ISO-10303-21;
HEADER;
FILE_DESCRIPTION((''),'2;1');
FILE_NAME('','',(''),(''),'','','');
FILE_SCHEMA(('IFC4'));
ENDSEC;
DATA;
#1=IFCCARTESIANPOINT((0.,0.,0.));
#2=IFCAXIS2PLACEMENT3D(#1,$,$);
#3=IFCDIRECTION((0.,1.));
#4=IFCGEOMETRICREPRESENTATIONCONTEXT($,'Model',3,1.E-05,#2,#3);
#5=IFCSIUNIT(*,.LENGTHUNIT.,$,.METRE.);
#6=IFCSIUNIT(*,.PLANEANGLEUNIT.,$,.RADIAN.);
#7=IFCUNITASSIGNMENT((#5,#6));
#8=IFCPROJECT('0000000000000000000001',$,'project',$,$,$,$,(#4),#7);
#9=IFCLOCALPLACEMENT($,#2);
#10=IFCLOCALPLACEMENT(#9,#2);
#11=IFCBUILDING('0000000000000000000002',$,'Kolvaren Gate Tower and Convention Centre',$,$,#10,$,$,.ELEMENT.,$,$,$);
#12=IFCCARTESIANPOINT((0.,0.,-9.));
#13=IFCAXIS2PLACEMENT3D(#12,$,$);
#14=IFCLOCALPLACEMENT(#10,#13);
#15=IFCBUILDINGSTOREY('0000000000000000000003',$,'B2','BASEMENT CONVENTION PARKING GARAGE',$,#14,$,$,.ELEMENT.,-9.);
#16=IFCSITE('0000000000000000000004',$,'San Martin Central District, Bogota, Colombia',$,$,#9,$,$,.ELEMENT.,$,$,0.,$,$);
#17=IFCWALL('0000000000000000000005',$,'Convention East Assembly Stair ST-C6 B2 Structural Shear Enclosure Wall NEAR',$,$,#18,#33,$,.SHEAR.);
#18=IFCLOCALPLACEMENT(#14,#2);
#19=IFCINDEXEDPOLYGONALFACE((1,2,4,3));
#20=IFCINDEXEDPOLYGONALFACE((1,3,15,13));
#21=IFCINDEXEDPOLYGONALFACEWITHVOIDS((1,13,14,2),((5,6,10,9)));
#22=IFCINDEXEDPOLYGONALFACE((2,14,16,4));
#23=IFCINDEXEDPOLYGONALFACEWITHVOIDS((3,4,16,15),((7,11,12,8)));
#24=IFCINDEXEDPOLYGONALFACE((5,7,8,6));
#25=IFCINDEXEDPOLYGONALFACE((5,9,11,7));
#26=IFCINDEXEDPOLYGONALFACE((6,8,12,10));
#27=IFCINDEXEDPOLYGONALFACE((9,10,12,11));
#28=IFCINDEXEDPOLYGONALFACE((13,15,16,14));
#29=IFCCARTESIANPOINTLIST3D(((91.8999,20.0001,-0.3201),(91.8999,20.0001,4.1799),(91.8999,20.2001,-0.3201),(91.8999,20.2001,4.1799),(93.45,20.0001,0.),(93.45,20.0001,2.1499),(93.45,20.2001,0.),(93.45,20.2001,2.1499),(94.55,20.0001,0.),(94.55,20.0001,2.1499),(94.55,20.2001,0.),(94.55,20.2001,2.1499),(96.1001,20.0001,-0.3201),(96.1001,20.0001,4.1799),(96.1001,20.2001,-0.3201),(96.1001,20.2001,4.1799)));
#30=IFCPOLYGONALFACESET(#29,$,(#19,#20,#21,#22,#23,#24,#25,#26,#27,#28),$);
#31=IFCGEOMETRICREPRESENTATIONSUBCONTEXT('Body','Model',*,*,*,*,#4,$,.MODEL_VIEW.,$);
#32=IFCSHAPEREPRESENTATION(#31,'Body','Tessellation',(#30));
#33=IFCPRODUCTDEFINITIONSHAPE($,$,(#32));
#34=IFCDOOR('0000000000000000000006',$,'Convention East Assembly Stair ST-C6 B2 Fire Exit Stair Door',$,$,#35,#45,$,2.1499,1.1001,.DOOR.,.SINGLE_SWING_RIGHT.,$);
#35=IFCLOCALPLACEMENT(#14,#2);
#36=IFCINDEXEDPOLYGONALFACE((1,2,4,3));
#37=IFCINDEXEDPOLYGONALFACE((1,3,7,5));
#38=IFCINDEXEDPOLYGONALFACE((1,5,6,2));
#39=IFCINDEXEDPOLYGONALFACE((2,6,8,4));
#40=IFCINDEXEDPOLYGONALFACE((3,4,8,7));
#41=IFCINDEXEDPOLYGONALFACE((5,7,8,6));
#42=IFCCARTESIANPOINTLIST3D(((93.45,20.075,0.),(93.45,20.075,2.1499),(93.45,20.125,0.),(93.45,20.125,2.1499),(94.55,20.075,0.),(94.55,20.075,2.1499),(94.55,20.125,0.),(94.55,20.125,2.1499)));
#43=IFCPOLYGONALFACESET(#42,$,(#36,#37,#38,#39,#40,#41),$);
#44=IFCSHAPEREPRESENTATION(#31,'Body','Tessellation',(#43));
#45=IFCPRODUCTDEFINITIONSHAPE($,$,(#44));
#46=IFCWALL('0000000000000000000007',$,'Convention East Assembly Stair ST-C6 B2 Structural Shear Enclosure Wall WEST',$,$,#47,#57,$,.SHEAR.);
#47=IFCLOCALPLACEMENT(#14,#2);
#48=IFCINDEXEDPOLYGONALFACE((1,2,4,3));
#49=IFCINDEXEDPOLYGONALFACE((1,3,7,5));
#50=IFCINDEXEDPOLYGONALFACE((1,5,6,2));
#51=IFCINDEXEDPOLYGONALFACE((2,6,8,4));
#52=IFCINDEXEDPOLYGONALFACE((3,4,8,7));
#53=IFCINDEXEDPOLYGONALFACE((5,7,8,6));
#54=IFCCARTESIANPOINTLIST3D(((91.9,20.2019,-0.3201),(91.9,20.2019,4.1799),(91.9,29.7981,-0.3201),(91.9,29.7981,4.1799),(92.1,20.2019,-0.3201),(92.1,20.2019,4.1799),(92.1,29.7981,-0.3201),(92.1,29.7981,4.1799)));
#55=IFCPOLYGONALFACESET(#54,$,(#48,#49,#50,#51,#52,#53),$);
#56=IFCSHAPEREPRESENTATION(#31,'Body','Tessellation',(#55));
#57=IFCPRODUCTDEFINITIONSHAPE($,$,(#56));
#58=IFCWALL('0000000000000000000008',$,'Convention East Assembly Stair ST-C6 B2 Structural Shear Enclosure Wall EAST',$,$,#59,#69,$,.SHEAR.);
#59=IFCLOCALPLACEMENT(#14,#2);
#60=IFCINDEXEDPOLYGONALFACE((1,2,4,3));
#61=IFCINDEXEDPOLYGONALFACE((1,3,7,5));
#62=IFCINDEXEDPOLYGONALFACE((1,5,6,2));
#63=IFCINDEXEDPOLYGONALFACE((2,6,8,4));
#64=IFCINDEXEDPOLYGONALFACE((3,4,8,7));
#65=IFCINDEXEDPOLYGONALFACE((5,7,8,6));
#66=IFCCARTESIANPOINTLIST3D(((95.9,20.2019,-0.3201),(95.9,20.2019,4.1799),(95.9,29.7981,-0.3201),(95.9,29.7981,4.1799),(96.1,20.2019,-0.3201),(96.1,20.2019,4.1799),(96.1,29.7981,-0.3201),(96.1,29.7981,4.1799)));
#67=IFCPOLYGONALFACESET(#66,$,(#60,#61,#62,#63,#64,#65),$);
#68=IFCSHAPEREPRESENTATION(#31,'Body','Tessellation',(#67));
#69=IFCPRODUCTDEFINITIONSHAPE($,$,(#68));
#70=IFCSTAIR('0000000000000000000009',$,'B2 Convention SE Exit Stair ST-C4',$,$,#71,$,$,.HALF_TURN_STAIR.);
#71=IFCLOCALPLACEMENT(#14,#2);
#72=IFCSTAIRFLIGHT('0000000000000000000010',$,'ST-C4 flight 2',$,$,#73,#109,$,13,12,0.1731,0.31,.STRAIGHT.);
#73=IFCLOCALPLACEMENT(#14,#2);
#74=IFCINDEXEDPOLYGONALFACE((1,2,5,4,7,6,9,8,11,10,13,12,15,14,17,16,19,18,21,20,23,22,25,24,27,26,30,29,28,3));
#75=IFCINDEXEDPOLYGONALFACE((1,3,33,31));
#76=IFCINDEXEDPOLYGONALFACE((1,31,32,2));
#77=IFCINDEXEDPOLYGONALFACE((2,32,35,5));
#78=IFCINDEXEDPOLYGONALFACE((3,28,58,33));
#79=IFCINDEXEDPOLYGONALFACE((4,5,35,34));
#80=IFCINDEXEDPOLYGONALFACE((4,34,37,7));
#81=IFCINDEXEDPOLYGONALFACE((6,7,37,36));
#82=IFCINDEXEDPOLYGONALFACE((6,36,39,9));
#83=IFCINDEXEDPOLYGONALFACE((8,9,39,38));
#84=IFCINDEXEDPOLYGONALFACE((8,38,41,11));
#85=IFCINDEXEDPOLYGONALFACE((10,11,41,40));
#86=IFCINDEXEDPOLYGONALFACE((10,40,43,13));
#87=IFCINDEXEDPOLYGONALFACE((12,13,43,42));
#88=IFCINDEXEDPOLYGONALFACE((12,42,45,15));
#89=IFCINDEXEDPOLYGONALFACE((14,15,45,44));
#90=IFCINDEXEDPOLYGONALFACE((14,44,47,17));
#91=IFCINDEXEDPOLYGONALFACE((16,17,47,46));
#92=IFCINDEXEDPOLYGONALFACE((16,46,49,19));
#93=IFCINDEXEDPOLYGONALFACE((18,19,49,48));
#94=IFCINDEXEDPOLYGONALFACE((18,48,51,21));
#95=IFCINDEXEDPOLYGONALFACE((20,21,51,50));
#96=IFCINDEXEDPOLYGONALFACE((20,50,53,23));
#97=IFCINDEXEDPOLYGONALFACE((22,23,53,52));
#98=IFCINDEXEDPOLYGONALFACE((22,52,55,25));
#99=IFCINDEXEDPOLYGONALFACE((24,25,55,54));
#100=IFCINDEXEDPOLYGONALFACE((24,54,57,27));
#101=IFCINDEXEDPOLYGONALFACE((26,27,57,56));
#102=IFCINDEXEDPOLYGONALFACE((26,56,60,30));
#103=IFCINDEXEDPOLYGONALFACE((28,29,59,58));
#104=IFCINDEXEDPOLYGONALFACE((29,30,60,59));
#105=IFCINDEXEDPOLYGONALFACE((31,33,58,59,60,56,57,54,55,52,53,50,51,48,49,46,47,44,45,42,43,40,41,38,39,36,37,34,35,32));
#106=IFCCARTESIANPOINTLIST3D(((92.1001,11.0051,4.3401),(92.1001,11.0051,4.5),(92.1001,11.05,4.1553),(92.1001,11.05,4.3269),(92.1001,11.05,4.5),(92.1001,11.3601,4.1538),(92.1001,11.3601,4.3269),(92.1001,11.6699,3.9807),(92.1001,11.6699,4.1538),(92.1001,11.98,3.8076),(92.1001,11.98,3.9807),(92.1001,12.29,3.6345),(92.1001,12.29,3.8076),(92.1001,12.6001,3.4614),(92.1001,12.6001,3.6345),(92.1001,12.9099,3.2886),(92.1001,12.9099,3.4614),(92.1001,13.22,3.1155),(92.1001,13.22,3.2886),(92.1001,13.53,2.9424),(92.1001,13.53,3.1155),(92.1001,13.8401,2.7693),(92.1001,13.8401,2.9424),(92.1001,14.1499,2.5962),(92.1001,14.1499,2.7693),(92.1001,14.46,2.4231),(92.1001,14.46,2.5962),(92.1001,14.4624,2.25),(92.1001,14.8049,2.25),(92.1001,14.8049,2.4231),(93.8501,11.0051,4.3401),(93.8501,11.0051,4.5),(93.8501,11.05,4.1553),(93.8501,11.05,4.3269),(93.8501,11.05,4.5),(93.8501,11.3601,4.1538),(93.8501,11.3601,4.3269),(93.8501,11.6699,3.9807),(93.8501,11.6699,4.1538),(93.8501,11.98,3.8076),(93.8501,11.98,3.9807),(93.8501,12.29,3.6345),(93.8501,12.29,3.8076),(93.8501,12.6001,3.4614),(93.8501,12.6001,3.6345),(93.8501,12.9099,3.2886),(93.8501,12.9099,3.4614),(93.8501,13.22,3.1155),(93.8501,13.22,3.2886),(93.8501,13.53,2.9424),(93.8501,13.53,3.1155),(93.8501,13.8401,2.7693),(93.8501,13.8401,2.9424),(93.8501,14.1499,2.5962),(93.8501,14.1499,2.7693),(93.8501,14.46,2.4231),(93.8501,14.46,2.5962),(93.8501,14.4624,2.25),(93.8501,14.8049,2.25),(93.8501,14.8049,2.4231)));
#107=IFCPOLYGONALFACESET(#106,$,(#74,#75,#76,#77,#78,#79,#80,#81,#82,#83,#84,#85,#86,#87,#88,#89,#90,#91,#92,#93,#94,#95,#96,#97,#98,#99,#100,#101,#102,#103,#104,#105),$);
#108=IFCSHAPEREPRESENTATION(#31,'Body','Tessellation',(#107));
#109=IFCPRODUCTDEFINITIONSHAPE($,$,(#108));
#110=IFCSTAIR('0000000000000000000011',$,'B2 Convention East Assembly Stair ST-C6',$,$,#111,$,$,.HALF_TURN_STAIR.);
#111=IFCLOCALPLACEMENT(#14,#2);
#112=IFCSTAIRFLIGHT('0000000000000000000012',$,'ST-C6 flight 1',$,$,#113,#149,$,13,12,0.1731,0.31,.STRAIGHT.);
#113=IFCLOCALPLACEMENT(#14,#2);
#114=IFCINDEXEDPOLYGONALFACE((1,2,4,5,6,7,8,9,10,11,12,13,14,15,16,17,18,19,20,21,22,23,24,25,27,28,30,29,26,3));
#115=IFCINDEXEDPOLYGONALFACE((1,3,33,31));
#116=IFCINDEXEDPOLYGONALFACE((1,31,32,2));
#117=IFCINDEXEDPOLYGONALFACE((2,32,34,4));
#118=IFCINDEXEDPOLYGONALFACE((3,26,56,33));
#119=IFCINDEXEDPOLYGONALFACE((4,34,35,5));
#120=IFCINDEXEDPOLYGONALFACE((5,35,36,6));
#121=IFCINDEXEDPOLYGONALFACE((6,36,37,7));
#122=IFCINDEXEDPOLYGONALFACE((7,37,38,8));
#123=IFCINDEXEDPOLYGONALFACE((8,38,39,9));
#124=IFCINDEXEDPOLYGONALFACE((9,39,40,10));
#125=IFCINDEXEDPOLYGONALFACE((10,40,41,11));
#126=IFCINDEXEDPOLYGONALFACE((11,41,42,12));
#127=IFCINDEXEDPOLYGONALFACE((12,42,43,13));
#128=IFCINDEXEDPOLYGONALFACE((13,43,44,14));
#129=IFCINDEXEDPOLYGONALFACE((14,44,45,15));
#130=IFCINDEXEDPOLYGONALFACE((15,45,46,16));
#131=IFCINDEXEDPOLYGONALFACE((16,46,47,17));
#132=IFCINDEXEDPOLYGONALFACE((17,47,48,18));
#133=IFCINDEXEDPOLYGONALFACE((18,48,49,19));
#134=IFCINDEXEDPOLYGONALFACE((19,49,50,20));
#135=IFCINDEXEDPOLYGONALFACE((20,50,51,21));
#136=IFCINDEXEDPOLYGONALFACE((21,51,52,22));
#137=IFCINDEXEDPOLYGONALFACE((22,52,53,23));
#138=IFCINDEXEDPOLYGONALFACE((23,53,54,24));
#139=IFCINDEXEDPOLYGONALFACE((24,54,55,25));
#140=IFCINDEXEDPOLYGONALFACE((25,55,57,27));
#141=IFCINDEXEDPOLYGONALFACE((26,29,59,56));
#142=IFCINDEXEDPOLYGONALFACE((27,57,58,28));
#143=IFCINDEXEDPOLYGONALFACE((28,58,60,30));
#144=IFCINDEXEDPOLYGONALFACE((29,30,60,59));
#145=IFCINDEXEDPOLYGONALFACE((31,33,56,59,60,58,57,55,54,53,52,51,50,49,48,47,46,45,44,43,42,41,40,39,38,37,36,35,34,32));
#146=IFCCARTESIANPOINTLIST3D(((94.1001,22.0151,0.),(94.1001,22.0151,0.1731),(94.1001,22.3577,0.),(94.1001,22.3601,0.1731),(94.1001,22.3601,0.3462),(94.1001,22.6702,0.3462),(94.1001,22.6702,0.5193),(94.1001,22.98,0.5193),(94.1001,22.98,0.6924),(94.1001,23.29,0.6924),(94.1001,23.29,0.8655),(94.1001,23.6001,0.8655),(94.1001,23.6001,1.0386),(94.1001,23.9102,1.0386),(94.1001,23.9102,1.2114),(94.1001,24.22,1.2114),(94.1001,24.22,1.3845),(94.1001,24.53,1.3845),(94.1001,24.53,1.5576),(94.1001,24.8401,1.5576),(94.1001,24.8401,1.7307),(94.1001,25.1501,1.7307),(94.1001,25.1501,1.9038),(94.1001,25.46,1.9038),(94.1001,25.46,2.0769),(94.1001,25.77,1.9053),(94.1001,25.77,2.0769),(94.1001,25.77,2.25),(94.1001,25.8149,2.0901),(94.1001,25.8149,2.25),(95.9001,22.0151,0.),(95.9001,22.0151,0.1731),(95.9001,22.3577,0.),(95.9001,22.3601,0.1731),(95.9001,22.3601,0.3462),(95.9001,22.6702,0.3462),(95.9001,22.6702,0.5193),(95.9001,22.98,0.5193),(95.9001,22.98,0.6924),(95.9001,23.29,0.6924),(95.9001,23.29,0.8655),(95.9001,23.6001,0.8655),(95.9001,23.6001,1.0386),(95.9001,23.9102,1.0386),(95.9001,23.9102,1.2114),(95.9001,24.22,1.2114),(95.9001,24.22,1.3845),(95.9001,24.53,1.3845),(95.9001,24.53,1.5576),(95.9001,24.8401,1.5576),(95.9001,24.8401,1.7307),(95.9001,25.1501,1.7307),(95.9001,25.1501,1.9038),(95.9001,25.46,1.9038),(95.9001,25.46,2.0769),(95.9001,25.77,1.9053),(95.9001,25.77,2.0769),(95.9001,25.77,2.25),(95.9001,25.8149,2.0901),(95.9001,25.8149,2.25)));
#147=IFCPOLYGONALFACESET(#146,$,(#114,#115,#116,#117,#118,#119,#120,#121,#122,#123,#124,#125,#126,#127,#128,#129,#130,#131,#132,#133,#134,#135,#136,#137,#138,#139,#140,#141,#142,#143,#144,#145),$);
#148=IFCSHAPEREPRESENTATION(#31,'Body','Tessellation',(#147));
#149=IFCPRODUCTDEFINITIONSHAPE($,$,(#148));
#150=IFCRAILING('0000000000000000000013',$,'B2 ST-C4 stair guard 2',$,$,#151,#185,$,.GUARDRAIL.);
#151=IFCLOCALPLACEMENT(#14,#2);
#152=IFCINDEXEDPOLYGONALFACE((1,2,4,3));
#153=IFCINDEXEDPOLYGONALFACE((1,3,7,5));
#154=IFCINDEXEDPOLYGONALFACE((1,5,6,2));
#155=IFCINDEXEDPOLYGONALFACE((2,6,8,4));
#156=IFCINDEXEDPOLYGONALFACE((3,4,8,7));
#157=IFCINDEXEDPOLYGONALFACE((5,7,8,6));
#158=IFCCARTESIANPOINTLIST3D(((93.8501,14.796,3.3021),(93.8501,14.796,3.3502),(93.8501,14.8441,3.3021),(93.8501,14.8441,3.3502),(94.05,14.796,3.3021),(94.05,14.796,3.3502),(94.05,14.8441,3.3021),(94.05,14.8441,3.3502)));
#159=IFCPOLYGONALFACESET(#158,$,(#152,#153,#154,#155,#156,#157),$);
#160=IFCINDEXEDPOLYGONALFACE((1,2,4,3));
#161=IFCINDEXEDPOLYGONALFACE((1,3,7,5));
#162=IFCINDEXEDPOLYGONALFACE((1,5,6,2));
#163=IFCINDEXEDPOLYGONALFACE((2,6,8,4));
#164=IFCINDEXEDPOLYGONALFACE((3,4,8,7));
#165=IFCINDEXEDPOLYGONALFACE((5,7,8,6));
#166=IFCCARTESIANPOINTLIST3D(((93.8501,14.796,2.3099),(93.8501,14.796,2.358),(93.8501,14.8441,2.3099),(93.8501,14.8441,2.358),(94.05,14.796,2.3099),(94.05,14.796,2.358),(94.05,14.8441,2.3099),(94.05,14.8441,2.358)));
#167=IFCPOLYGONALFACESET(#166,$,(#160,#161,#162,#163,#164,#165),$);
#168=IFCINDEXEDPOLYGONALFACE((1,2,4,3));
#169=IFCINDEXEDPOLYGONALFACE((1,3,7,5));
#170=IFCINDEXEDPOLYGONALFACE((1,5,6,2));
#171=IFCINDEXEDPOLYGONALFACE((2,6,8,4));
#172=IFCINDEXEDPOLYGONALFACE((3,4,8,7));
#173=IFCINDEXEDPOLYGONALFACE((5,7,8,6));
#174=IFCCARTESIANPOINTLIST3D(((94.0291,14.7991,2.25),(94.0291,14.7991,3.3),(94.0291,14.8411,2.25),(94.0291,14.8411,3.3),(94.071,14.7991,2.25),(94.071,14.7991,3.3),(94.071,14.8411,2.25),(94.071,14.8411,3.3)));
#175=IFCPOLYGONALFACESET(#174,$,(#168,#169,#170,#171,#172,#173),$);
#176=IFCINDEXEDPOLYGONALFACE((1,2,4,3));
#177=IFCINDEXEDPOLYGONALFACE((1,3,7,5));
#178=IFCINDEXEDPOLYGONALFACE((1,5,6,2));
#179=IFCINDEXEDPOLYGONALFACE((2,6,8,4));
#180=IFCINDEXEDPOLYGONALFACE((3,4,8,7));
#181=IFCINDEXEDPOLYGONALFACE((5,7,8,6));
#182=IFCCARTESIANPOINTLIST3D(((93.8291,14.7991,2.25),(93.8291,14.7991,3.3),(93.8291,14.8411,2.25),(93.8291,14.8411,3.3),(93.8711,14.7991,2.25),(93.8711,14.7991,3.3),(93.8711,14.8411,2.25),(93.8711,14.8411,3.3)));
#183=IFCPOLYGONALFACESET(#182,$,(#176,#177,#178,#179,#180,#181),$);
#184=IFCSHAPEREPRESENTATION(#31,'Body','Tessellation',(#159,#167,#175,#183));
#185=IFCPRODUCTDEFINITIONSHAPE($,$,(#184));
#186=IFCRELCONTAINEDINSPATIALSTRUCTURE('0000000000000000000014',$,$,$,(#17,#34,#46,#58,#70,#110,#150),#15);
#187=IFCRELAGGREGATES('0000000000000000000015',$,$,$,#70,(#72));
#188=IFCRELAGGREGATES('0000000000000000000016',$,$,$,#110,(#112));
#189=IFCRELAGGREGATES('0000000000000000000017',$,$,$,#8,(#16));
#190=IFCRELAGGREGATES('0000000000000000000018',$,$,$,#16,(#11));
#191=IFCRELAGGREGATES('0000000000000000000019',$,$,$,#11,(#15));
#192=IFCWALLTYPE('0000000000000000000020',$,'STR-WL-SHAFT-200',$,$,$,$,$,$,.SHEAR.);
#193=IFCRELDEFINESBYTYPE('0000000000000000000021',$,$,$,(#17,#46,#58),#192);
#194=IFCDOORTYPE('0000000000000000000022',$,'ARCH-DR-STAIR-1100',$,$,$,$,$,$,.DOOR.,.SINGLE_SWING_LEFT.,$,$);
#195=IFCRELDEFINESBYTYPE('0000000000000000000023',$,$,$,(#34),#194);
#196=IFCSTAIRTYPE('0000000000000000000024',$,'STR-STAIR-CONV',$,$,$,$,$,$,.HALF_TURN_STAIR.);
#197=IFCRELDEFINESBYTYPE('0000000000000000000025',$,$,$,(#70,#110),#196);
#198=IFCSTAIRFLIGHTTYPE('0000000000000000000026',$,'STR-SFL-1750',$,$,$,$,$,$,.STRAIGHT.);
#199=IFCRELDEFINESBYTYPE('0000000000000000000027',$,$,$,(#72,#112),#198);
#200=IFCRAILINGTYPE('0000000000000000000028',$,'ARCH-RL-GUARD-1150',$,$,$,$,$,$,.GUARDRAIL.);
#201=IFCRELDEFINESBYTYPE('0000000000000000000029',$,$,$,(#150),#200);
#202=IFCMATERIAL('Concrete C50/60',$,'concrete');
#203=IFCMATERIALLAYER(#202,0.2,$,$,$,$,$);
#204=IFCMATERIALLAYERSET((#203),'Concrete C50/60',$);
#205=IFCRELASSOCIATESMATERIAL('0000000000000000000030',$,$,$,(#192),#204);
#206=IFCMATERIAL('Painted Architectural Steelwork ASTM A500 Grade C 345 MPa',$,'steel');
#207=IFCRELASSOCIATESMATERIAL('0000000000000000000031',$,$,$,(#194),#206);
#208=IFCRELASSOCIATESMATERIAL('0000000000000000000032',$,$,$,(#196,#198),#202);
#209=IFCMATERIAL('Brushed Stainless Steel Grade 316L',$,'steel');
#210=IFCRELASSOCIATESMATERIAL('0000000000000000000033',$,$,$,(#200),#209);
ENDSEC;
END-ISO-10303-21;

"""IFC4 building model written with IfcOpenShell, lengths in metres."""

from ifc_helpers import new_model, si_unit, direction, frame, frame_2d, origin, origin_2d, place, context, subcontext, project, spatial, polyline, rectangle, outline, extrude, material, layer, layer_set, type_object, element, fill, aggregate, save


model = new_model("IFC4")

# Units and contexts
model_context = context("Model", 3, precision=1e-05, world=origin(), true_north=direction((0.0, 1.0)))
body_context = subcontext(model_context, "Body", "Model", "MODEL_VIEW")
ifc_project = project(units=[si_unit("LENGTHUNIT", "METRE"), si_unit("PLANEANGLEUNIT", "RADIAN")], contexts=[model_context])

# Site, building, storey
site_placement = place(None, origin())
site = spatial("IfcSite", under=ifc_project, at=site_placement, Name="San Martin Central District, Bogota, Colombia", CompositionType="ELEMENT", RefElevation=0.0)
building_placement = place(site_placement, origin())
building = spatial("IfcBuilding", under=site, at=building_placement, Name="Kolvaren Gate Tower and Convention Centre", CompositionType="ELEMENT")
storey_placement = place(building_placement, frame((0.0, 0.0, -9.0)))
storey = spatial("IfcBuildingStorey", under=building, at=storey_placement, Name="B2", Description="BASEMENT CONVENTION PARKING GARAGE", CompositionType="ELEMENT", Elevation=-9.0)

# Shared definitions
ifc_material_1 = material(Name="Concrete C50/60", Category="concrete")
ifc_layer_1 = layer(ifc_material_1, 0.2)
ifc_layer_set_1 = layer_set([ifc_layer_1], Name="Concrete C50/60")
wall_type_1 = type_object("IfcWallType", Name="STR-WL-SHAFT-200", PredefinedType="SHEAR", material=ifc_layer_set_1)

# Wall, opening, door
wall_1_placement = place(storey_placement, frame((91.8999, 20.1001, -0.3201), z_axis=(0.0, 0.0, 1.0), x_axis=(1.0, 0.0, 0.0)))
wall_1 = element("IfcWall", 1, at=wall_1_placement, inside=storey, type_object=wall_type_1, Name="Convention East Assembly Stair ST-C6 B2 Structural Shear Enclosure Wall NEAR", PredefinedType="SHEAR", context=body_context, shape_type="SweptSolid", body=[
    extrude(rectangle(XDim=4.2002, YDim=0.2, at=frame_2d((2.1001, 0.0))), origin(), (0.0, 0.0, 1.0), 4.5),
])
opening_placement = place(wall_1_placement, frame((1.55, 0.0, 0.3201)))
opening = element("IfcOpeningElement", 2, at=opening_placement, cuts=wall_1, PredefinedType="OPENING", context=body_context, shape_type="SweptSolid", body=[
    extrude(rectangle(XDim=1.1001, YDim=2.1499, at=frame_2d((0.55, 1.075))), frame((0.0, 0.1099, 0.0), z_axis=(0.0, -1.0, 0.0), x_axis=(1.0, 0.0, 0.0)), (0.0, 0.0, 1.0), 0.22),
])
ifc_material_2 = material(Name="Painted Architectural Steelwork ASTM A500 Grade C 345 MPa", Category="steel")
door_type = type_object("IfcDoorType", Name="ARCH-DR-STAIR-1100", OperationType="SINGLE_SWING_LEFT", PredefinedType="DOOR", material=ifc_material_2)
door_placement = place(opening_placement, origin())
door = element("IfcDoor", 3, at=door_placement, inside=storey, type_object=door_type, Name="Convention East Assembly Stair ST-C6 B2 Fire Exit Stair Door", OperationType="SINGLE_SWING_RIGHT", OverallHeight=2.1499, OverallWidth=1.1001, PredefinedType="DOOR", context=body_context, shape_type="SweptSolid", body=[
    extrude(rectangle(XDim=1.1001, YDim=2.1499, at=frame_2d((0.55, 1.075))), frame((0.0, 0.0249, 0.0), z_axis=(0.0, -1.0, 0.0), x_axis=(1.0, 0.0, 0.0)), (0.0, 0.0, 1.0), 0.05),
])
fill(opening, door)

# Walls
for number, where, z_axis, x_axis, name in (
    (4, (92.0, 20.2019, -0.3201), (0.0, 0.0, 1.0), (0.0, 1.0, 0.0), "Convention East Assembly Stair ST-C6 B2 Structural Shear Enclosure Wall WEST"),
    (5, (96.0, 20.2019, -0.3201), (0.0, 0.0, 1.0), (0.0, 1.0, 0.0), "Convention East Assembly Stair ST-C6 B2 Structural Shear Enclosure Wall EAST"),
):
    element("IfcWall", number, at=place(storey_placement, frame(where, z_axis=z_axis, x_axis=x_axis)), inside=storey, type_object=wall_type_1, Name=name, PredefinedType="SHEAR", context=body_context, shape_type="SweptSolid", body=[
        extrude(rectangle(XDim=9.5962, YDim=0.2, at=frame_2d((4.7981, 0.0))), origin(), (0.0, 0.0, 1.0), 4.5),
    ])

# Stairs, stair flights
stair_type = type_object("IfcStairType", Name="STR-STAIR-CONV", PredefinedType="HALF_TURN_STAIR", material=ifc_material_1)
stair_1_placement = place(storey_placement, origin())
stair_1 = element("IfcStair", 6, at=stair_1_placement, inside=storey, type_object=stair_type, Name="B2 Convention SE Exit Stair ST-C4", PredefinedType="HALF_TURN_STAIR")
stair_flight_type = type_object("IfcStairFlightType", Name="STR-SFL-1750", PredefinedType="STRAIGHT", material=ifc_material_1)
stair_flight_1_placement = place(storey_placement, frame((92.9751, 14.77, 2.25), z_axis=(0.0, 0.0, 1.0), x_axis=(0.0, -1.0, 0.0)))
stair_flight_1 = element("IfcStairFlight", 7, at=stair_flight_1_placement, type_object=stair_flight_type, Name="ST-C4 flight 2", NumberOfRisers=13, NumberOfTreads=12, PredefinedType="STRAIGHT", RiserHeight=0.1731, TreadLength=0.31, context=body_context, shape_type="SweptSolid", body=[
    extrude(outline(polyline([(-0.0349, 0.0), (-0.0349, 0.1731), (0.3101, 0.1731), (0.3101, 0.3462), (0.6201, 0.3462), (0.6201, 0.5193), (0.9299, 0.5193), (0.9299, 0.6924), (1.24, 0.6924), (1.24, 0.8655), (1.55, 0.8655), (1.55, 1.0386), (1.8601, 1.0386), (1.8601, 1.2114), (2.1699, 1.2114), (2.1699, 1.3845), (2.48, 1.3845), (2.48, 1.5576), (2.79, 1.5576), (2.79, 1.7307), (3.1001, 1.7307), (3.1001, 1.9038), (3.4099, 1.9038), (3.4099, 2.0769), (3.72, 2.0769), (3.72, 2.25), (3.7649, 2.25), (3.7649, 2.0901), (3.72, 1.9053), (0.3076, 0.0), (-0.0349, 0.0)])), frame((0.0, 0.875, 0.0), z_axis=(0.0, -1.0, 0.0), x_axis=(1.0, 0.0, 0.0)), (0.0, 0.0, 1.0), 1.75),
])
aggregate(stair_1, [stair_flight_1])
stair_2_placement = place(storey_placement, origin())
stair_2 = element("IfcStair", 8, at=stair_2_placement, inside=storey, type_object=stair_type, Name="B2 Convention East Assembly Stair ST-C6", PredefinedType="HALF_TURN_STAIR")
stair_flight_2_placement = place(storey_placement, frame((95.0, 22.05, 0.0), z_axis=(0.0, 0.0, 1.0), x_axis=(0.0, 1.0, 0.0)))
stair_flight_2 = element("IfcStairFlight", 9, at=stair_flight_2_placement, type_object=stair_flight_type, Name="ST-C6 flight 1", NumberOfRisers=13, NumberOfTreads=12, PredefinedType="STRAIGHT", RiserHeight=0.1731, TreadLength=0.31, context=body_context, shape_type="SweptSolid", body=[
    extrude(outline(polyline([(-0.0349, 0.0), (-0.0349, 0.1731), (0.3101, 0.1731), (0.3101, 0.3462), (0.6201, 0.3462), (0.6201, 0.5193), (0.9299, 0.5193), (0.9299, 0.6924), (1.24, 0.6924), (1.24, 0.8655), (1.55, 0.8655), (1.55, 1.0386), (1.8601, 1.0386), (1.8601, 1.2114), (2.1699, 1.2114), (2.1699, 1.3845), (2.48, 1.3845), (2.48, 1.5576), (2.79, 1.5576), (2.79, 1.7307), (3.1001, 1.7307), (3.1001, 1.9038), (3.4099, 1.9038), (3.4099, 2.0769), (3.72, 2.0769), (3.72, 2.25), (3.7649, 2.25), (3.7649, 2.0901), (3.72, 1.9053), (0.3076, 0.0), (-0.0349, 0.0)])), frame((0.0, 0.8999, 0.0), z_axis=(0.0, -1.0, 0.0), x_axis=(1.0, 0.0, 0.0)), (0.0, 0.0, 1.0), 1.8),
])
aggregate(stair_2, [stair_flight_2])

# Railing
ifc_material_3 = material(Name="Brushed Stainless Steel Grade 316L", Category="steel")
railing_type_1 = type_object("IfcRailingType", Name="ARCH-RL-GUARD-1150", PredefinedType="GUARDRAIL", material=ifc_material_3)
railing_1_placement = place(storey_placement, frame((94.05, 14.8201, 2.25)))
element("IfcRailing", 10, at=railing_1_placement, inside=storey, type_object=railing_type_1, Name="B2 ST-C4 stair guard 2", PredefinedType="GUARDRAIL", context=body_context, shape_type="SweptSolid", body=[
    extrude(rectangle(XDim=0.0481, YDim=0.0481, at=origin_2d()), frame((0.0, 0.0, 1.0762), z_axis=(-1.0, 0.0, 0.0), x_axis=(0.0, -1.0, 0.0)), (0.0, 0.0, 1.0), 0.2),
    extrude(rectangle(XDim=0.0481, YDim=0.0481, at=origin_2d()), frame((0.0, 0.0, 0.084), z_axis=(-1.0, 0.0, 0.0), x_axis=(0.0, -1.0, 0.0)), (0.0, 0.0, 1.0), 0.2),
    extrude(rectangle(XDim=0.042, YDim=0.042, at=origin_2d()), origin(), (0.0, 0.0, 1.0), 1.05),
    extrude(rectangle(XDim=0.042, YDim=0.042, at=origin_2d()), frame((-0.2, 0.0, 0.0)), (0.0, 0.0, 1.0), 1.05),
])

save(model, "model.ifc")
